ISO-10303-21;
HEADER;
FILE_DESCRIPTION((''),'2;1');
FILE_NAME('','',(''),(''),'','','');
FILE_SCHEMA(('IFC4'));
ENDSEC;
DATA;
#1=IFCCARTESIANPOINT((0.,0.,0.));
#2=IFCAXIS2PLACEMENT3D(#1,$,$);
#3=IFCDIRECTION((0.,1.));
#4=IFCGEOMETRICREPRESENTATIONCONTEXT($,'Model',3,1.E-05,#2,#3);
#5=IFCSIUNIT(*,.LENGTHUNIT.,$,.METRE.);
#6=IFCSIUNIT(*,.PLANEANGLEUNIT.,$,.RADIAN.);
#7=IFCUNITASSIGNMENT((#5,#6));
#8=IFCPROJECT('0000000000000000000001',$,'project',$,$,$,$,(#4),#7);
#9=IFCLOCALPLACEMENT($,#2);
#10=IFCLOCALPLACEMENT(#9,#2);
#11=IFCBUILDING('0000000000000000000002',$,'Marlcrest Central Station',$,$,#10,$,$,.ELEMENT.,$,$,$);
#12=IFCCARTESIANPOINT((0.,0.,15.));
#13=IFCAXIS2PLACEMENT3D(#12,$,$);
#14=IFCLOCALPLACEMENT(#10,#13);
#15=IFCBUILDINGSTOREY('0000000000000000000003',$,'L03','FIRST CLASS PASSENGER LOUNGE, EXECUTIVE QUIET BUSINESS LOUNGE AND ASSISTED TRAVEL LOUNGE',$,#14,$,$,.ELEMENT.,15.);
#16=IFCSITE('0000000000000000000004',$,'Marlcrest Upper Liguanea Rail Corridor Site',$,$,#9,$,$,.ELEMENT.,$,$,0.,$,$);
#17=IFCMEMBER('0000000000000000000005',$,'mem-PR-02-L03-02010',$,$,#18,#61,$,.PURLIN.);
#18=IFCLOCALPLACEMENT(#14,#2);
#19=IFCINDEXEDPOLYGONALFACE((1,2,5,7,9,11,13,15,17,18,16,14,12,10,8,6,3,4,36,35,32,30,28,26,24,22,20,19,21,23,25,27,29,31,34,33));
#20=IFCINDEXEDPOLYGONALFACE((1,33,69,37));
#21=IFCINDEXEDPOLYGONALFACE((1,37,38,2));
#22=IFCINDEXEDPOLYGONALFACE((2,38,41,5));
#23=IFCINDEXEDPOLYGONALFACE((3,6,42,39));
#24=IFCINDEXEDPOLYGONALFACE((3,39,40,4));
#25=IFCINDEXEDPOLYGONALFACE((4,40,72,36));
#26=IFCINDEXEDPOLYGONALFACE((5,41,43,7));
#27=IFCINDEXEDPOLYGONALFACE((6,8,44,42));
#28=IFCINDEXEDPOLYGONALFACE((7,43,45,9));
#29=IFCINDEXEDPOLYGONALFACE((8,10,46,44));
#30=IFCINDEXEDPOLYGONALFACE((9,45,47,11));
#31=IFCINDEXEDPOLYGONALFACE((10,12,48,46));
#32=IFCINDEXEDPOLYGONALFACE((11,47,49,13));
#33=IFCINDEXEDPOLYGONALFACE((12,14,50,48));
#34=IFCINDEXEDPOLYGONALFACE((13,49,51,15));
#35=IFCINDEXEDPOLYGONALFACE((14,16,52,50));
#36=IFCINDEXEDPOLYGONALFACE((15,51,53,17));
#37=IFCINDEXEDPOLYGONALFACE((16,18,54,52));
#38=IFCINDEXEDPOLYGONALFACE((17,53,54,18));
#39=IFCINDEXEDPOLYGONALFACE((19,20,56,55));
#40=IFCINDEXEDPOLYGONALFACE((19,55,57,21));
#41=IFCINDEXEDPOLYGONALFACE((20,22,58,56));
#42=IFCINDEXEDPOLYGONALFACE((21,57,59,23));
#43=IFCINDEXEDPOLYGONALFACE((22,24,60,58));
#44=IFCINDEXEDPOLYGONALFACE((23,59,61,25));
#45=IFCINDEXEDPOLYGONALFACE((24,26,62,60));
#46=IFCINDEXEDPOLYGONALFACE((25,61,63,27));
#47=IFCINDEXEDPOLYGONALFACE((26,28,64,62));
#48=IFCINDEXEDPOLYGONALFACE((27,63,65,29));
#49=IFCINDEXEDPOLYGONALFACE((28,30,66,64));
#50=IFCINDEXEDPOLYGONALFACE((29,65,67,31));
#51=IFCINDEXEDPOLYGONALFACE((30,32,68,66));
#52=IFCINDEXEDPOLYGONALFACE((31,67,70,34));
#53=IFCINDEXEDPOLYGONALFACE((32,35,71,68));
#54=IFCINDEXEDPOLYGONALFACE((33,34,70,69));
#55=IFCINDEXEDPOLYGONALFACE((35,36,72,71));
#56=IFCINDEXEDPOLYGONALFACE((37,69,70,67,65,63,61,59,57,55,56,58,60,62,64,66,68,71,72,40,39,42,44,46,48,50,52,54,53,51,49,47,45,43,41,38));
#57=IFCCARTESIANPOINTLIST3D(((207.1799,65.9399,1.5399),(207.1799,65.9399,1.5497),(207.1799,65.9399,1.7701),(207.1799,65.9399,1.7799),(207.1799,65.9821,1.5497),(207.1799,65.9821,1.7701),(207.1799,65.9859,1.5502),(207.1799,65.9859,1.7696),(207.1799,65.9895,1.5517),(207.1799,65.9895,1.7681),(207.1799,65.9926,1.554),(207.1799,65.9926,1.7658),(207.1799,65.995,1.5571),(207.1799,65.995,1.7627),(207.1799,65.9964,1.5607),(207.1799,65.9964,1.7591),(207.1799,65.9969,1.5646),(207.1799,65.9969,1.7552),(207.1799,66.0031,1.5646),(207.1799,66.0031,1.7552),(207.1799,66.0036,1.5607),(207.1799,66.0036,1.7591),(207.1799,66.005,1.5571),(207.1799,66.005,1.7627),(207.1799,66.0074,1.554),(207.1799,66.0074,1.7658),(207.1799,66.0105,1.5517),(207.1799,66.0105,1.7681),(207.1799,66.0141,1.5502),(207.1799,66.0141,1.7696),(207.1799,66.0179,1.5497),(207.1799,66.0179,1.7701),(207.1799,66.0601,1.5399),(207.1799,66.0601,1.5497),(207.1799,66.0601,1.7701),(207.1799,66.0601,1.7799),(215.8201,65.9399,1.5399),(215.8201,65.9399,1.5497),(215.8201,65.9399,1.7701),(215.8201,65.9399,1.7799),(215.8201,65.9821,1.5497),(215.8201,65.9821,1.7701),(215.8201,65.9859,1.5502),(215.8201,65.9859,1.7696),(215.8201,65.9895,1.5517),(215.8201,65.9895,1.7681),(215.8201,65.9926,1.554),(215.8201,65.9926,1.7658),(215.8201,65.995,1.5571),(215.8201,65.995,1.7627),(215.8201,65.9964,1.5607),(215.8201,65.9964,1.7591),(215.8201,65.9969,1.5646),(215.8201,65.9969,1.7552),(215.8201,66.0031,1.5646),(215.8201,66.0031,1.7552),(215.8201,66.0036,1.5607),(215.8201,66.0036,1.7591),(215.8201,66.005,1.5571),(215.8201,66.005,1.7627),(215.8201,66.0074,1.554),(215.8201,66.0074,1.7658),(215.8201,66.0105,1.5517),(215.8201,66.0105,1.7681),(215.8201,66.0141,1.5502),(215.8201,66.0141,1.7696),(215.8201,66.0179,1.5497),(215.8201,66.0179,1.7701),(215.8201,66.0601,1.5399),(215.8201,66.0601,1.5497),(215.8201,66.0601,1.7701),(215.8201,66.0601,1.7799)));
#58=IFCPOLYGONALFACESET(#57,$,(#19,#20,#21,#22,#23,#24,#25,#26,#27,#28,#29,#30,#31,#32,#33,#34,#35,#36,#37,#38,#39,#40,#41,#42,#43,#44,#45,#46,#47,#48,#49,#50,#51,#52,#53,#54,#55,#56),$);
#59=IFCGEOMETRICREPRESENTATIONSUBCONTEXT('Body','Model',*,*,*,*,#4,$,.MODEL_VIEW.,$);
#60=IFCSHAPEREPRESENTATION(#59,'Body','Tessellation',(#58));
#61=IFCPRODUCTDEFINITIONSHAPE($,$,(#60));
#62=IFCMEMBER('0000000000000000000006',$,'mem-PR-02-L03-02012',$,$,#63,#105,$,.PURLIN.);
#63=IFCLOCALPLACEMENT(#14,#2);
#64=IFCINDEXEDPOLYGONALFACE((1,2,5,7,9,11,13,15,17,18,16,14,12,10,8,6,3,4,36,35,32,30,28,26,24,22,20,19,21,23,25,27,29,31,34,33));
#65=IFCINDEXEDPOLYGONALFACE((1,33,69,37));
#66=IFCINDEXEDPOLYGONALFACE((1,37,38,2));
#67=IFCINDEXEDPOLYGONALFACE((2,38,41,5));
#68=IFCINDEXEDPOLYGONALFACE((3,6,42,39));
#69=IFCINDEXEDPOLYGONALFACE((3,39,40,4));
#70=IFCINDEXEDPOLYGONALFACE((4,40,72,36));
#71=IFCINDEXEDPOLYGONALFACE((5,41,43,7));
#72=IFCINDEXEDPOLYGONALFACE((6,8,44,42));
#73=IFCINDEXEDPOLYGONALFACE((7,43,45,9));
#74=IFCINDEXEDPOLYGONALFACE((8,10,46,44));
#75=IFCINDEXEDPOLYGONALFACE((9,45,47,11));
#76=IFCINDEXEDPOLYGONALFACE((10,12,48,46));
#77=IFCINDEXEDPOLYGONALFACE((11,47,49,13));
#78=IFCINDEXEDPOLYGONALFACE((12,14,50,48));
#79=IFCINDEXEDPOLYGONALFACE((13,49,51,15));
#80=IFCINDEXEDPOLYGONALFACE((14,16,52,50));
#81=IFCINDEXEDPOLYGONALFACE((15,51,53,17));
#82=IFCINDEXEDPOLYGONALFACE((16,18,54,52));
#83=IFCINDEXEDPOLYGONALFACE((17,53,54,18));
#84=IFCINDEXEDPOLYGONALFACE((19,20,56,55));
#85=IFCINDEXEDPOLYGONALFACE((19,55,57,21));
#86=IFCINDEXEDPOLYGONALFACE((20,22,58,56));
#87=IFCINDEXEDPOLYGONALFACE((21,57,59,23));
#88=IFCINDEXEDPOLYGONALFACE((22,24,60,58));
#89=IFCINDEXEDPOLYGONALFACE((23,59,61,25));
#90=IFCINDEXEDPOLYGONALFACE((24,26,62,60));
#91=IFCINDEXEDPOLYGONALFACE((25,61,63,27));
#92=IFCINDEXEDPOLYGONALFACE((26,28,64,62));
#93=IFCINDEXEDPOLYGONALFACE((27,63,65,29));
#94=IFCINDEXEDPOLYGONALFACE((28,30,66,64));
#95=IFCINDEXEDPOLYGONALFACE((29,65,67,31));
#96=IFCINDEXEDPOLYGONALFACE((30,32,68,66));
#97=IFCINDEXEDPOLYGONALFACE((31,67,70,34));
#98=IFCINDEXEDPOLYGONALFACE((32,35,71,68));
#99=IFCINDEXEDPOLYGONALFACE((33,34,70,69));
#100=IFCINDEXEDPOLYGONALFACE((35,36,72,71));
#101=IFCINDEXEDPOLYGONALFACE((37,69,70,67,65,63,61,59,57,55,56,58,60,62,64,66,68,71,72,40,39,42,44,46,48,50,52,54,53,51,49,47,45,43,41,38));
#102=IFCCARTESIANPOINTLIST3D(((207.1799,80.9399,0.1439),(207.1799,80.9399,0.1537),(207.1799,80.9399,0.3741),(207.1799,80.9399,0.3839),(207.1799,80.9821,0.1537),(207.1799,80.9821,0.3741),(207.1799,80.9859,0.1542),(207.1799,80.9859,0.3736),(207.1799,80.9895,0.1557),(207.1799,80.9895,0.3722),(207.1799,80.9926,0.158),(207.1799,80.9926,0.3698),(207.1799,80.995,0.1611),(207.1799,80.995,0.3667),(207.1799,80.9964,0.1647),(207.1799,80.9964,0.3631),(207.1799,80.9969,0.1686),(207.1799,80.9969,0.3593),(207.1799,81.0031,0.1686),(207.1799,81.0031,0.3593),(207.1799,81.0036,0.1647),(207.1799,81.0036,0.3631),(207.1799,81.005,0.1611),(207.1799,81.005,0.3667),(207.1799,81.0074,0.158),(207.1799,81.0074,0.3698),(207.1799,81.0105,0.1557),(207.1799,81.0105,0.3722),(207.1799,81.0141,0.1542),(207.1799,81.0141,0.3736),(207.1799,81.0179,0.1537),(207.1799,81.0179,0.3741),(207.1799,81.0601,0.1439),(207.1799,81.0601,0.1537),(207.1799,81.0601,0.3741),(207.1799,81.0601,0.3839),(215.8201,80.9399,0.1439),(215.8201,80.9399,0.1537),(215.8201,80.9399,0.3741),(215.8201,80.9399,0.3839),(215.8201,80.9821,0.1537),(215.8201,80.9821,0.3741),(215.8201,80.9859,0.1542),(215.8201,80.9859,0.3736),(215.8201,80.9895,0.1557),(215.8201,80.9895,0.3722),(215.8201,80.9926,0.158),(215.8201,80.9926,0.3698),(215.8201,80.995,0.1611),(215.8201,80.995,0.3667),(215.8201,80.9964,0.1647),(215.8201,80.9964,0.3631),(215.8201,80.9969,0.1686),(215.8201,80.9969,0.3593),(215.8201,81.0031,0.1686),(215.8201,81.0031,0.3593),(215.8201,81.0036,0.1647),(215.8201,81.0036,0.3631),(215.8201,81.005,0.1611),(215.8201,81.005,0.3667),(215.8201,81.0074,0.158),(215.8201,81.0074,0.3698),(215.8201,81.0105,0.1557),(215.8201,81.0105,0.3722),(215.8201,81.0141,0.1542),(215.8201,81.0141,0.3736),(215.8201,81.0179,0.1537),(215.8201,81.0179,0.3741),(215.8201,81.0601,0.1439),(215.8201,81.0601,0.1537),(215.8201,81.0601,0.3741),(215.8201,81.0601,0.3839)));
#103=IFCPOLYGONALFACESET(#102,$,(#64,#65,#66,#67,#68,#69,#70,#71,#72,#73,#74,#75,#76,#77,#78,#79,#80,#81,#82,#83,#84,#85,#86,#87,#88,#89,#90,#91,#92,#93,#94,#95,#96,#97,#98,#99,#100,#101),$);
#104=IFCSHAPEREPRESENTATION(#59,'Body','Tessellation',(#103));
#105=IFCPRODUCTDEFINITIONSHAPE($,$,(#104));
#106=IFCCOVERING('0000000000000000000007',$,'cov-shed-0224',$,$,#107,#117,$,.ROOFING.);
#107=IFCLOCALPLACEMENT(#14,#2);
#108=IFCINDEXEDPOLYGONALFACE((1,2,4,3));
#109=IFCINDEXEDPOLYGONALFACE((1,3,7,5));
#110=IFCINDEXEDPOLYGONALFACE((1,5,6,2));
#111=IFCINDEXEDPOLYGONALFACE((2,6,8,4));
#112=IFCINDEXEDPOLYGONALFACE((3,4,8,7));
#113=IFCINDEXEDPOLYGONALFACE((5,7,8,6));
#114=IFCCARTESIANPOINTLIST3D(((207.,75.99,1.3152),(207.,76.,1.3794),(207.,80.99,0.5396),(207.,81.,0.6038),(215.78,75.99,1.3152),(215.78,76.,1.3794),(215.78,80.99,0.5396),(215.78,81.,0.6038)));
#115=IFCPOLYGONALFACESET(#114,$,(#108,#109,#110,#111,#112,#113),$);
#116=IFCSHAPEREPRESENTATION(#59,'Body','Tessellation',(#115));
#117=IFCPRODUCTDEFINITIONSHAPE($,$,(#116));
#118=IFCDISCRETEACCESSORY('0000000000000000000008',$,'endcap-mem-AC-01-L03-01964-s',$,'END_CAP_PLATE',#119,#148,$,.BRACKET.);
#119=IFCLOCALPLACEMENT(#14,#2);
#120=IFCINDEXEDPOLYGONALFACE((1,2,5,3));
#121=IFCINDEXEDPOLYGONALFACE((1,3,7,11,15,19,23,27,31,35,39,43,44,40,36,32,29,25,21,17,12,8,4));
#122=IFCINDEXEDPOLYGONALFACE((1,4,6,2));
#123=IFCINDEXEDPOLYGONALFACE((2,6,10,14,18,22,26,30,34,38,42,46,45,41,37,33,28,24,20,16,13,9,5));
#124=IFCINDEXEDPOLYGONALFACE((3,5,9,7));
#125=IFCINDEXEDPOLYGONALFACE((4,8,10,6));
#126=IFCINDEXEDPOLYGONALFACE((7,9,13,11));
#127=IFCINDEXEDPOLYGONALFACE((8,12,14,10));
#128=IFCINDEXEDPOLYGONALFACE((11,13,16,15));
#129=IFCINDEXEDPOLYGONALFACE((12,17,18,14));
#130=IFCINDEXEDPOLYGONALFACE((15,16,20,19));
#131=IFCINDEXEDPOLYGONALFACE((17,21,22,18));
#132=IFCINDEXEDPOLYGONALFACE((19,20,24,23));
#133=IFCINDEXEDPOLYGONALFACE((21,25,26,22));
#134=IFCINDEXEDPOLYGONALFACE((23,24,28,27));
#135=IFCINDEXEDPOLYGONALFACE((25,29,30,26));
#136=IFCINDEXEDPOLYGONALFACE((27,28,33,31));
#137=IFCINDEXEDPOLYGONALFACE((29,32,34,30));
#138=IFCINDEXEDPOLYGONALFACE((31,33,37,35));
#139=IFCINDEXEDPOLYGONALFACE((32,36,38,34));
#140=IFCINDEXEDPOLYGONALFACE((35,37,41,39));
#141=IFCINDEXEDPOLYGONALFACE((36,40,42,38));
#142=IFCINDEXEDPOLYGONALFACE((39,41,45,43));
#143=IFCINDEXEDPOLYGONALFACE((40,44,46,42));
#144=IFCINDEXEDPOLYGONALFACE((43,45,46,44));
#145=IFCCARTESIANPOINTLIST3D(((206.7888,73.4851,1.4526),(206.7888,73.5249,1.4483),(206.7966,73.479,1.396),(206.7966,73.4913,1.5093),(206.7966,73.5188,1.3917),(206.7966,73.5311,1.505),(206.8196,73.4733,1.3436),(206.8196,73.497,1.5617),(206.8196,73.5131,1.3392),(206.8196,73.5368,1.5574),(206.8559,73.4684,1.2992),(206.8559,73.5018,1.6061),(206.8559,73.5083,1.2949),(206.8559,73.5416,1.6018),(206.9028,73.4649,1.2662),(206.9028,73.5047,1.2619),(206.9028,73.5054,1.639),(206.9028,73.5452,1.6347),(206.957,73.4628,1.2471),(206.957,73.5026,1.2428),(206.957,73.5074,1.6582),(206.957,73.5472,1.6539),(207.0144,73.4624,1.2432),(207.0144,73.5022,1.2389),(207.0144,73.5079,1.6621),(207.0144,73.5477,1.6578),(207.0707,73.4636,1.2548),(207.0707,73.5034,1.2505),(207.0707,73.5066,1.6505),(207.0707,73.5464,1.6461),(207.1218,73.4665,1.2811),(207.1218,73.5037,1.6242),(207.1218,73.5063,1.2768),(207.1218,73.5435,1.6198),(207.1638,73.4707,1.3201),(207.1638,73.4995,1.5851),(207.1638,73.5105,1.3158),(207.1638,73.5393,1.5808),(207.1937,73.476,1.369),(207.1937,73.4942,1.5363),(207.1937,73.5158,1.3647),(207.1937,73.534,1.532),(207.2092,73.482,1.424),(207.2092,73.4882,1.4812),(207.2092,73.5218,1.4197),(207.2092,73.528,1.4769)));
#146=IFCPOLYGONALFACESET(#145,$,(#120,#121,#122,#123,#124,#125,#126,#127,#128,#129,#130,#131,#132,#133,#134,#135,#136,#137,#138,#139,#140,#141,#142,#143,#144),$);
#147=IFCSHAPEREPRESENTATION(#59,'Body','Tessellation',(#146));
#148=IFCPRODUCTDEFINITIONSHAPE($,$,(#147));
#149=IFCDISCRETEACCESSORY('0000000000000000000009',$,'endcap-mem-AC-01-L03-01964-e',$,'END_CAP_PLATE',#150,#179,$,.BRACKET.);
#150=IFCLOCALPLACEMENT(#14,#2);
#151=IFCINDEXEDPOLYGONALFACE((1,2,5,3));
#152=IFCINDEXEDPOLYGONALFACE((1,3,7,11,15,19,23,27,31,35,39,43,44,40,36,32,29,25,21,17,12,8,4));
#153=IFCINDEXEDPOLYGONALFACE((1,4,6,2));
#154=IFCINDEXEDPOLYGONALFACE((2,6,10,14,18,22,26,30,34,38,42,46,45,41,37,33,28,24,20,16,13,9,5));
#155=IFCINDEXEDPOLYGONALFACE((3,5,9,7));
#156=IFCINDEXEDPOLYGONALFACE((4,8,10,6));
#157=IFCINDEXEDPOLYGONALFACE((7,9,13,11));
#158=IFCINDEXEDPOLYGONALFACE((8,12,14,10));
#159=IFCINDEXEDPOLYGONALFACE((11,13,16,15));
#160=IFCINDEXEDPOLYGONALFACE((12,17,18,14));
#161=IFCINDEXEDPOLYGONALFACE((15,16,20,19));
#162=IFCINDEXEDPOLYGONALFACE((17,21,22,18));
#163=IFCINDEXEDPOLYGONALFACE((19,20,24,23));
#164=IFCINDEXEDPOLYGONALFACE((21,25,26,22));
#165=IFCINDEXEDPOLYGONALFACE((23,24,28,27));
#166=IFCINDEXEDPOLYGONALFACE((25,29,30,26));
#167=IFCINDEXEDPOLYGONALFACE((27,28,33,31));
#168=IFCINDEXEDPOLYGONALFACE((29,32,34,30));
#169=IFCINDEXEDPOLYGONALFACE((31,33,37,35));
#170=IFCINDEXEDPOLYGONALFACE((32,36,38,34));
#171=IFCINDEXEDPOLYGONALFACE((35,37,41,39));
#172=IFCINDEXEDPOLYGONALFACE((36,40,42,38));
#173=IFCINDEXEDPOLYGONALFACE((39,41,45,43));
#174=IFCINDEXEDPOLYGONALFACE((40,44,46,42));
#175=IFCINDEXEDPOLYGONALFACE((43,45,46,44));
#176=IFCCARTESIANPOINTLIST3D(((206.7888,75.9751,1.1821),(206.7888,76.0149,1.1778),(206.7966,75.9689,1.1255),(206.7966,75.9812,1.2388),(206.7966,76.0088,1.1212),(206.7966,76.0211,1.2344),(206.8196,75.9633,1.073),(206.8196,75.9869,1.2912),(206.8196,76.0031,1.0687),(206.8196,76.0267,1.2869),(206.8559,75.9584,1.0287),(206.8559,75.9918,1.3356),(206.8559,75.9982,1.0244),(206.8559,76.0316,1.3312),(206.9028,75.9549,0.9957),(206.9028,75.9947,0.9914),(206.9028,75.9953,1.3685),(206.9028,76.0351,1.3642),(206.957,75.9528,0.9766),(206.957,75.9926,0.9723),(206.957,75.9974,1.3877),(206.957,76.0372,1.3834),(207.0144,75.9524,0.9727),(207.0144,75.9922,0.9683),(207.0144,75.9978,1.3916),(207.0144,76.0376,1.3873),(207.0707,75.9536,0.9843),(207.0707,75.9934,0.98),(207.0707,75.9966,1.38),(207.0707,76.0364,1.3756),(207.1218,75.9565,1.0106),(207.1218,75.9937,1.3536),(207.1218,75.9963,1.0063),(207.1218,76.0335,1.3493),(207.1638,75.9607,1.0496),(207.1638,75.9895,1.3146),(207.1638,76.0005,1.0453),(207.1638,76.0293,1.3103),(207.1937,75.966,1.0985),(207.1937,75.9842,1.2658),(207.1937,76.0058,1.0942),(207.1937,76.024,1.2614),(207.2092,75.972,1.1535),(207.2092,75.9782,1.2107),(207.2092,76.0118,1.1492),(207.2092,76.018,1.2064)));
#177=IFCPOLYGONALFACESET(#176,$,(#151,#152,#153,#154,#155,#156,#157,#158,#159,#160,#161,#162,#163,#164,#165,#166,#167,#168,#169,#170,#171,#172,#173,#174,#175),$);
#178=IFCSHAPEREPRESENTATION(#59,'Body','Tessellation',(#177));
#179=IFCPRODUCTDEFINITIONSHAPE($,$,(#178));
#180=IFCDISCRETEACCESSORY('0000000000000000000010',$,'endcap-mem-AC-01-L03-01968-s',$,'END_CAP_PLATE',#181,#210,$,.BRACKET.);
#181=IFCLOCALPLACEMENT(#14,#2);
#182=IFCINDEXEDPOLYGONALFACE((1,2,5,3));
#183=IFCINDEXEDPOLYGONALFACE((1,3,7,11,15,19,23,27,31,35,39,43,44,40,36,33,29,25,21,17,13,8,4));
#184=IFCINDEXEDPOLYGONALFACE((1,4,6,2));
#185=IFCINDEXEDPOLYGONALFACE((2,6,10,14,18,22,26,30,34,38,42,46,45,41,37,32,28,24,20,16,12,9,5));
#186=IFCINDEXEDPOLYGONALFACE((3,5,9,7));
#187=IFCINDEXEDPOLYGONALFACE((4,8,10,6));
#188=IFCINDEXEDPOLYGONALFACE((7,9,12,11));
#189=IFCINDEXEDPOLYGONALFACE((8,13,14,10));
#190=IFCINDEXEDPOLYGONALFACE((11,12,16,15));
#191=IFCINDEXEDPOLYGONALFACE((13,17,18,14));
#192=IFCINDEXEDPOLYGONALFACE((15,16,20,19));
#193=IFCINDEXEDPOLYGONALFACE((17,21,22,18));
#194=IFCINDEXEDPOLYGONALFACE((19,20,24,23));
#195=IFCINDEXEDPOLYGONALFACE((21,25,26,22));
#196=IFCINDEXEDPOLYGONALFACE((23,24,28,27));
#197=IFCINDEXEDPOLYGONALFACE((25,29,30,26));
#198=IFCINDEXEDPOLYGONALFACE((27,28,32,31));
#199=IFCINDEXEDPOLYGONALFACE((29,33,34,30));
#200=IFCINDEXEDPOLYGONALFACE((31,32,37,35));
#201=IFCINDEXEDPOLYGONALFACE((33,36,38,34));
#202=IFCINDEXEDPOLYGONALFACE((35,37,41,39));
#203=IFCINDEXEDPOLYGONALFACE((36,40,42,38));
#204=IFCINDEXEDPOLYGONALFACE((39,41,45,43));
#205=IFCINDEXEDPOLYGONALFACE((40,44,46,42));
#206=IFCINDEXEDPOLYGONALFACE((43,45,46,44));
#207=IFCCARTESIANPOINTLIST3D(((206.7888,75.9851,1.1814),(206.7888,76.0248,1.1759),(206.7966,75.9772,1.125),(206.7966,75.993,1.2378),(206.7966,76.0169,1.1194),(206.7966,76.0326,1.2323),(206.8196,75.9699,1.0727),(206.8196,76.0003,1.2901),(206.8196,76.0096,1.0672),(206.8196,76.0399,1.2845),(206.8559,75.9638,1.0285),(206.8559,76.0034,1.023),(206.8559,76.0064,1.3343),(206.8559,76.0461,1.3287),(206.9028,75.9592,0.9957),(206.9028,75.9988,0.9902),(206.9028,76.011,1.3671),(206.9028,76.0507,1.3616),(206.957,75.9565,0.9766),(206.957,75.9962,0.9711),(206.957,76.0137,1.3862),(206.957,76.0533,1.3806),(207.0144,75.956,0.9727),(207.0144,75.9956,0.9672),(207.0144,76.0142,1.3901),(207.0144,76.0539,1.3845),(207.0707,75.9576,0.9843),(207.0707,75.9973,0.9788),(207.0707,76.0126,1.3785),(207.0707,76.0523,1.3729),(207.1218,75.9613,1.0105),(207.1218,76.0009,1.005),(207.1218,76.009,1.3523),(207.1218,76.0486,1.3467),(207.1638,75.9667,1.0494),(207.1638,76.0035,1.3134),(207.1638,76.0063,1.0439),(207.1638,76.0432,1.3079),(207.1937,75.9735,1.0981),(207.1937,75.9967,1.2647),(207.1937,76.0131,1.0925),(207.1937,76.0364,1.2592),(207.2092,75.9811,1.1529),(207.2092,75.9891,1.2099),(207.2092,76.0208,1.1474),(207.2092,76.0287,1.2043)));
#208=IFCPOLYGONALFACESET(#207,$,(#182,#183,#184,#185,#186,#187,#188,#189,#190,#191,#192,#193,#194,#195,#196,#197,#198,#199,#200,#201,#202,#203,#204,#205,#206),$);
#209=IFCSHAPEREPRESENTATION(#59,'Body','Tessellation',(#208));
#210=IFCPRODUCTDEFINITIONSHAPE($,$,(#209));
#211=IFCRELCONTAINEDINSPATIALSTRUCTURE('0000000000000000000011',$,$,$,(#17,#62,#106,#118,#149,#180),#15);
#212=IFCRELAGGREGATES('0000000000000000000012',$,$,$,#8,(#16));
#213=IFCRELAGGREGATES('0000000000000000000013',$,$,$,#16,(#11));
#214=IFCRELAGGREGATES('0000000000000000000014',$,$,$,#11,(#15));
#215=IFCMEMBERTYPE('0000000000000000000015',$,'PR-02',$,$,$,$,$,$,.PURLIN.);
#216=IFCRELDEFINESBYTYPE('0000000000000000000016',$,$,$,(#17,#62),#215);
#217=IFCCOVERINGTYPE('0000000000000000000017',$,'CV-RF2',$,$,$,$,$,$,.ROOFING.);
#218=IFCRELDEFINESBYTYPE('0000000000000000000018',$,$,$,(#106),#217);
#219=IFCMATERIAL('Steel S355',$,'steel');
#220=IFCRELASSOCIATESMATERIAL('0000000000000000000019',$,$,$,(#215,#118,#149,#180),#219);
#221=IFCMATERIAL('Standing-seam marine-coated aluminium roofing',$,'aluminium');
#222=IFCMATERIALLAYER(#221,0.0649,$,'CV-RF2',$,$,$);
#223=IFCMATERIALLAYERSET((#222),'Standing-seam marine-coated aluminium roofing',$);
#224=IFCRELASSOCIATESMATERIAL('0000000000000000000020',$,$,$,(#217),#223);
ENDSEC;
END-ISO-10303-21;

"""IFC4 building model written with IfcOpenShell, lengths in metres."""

from ifc_helpers import new_model, si_unit, direction, frame, origin, origin_2d, place, context, subcontext, project, spatial, polyline, circle, i_section, outline, extrude, material, layer, layer_set, material_profile, profile_set, type_object, element, save


model = new_model("IFC4")

# Units and contexts
model_context = context("Model", 3, precision=1e-05, world=origin(), true_north=direction((0.0, 1.0)))
body_context = subcontext(model_context, "Body", "Model", "MODEL_VIEW")
ifc_project = project(units=[si_unit("LENGTHUNIT", "METRE"), si_unit("PLANEANGLEUNIT", "RADIAN")], contexts=[model_context])

# Site, building, storey
site_placement = place(None, origin())
site = spatial("IfcSite", under=ifc_project, at=site_placement, Name="Marlcrest Upper Liguanea Rail Corridor Site", CompositionType="ELEMENT", RefElevation=0.0)
building_placement = place(site_placement, origin())
building = spatial("IfcBuilding", under=site, at=building_placement, Name="Marlcrest Central Station", CompositionType="ELEMENT")
storey_placement = place(building_placement, frame((0.0, 0.0, 15.0)))
storey = spatial("IfcBuildingStorey", under=building, at=storey_placement, Name="L03", Description="FIRST CLASS PASSENGER LOUNGE, EXECUTIVE QUIET BUSINESS LOUNGE AND ASSISTED TRAVEL LOUNGE", CompositionType="ELEMENT", Elevation=15.0)

# Members
ifc_material_1 = material(Name="Steel S355", Category="steel")
ifc_material_profile_1 = material_profile(ifc_material_1, i_section(OverallWidth=0.1201, OverallDepth=0.24, WebThickness=0.0061, FlangeThickness=0.0098, FilletRadius=0.0149, at=origin_2d()), Name="IPE 240")
ifc_profile_set_1 = profile_set([ifc_material_profile_1], Name="Steel S355")
member_type_1 = type_object("IfcMemberType", Name="PR-02", PredefinedType="PURLIN", material=ifc_profile_set_1)
for number, where, z_axis, x_axis, name in (
    (1, (207.1799, 66.0, 1.6599), (1.0, 0.0, 0.0), (0.0, 1.0, 0.0), "mem-PR-02-L03-02010"),
    (2, (207.1799, 81.0, 0.2639), (1.0, 0.0, 0.0), (0.0, 1.0, 0.0), "mem-PR-02-L03-02012"),
):
    element("IfcMember", number, at=place(storey_placement, frame(where, z_axis=z_axis, x_axis=x_axis)), inside=storey, type_object=member_type_1, Name=name, PredefinedType="PURLIN", context=body_context, shape_type="SweptSolid", body=[
        extrude(i_section(OverallWidth=0.1201, OverallDepth=0.24, WebThickness=0.0061, FlangeThickness=0.0098, FilletRadius=0.0149, at=origin_2d()), origin(), (0.0, 0.0, 1.0), 8.6401),
    ])

# Covering
ifc_material_2 = material(Name="Standing-seam marine-coated aluminium roofing", Category="aluminium")
ifc_layer = layer(ifc_material_2, 0.0649, Name="CV-RF2")
ifc_layer_set = layer_set([ifc_layer], Name="Standing-seam marine-coated aluminium roofing")
covering_type = type_object("IfcCoveringType", Name="CV-RF2", PredefinedType="ROOFING", material=ifc_layer_set)
covering_placement = place(storey_placement, frame((207.0, 76.0, 1.3794), z_axis=(0.0, 0.153293, 0.988181), x_axis=(1.0, 0.0, 0.0)))
element("IfcCovering", 3, at=covering_placement, inside=storey, type_object=covering_type, Name="cov-shed-0224", PredefinedType="ROOFING", context=body_context, shape_type="SweptSolid", body=[
    extrude(outline(polyline([(0.0, 0.0), (8.78, 0.0), (8.78, 5.0598), (0.0, 5.0598), (0.0, 0.0)])), origin(), (0.0, 0.0, -1.0), 0.0649),
])

# Discrete accessories
for number, where, z_axis, x_axis, name in (
    (4, (207.0, 73.4851, 1.4526), (0.0, 0.994155, -0.107959), (-1.0, 0.0, 0.0), "endcap-mem-AC-01-L03-01964-s"),
    (5, (207.0, 75.9751, 1.1821), (0.0, 0.994155, -0.107959), (-1.0, 0.0, 0.0), "endcap-mem-AC-01-L03-01964-e"),
    (6, (207.0, 75.9851, 1.1814), (0.0, 0.990403, -0.138211), (-1.0, 0.0, 0.0), "endcap-mem-AC-01-L03-01968-s"),
):
    element("IfcDiscreteAccessory", number, at=place(storey_placement, frame(where, z_axis=z_axis, x_axis=x_axis)), inside=storey, material=ifc_material_1, Name=name, ObjectType="END_CAP_PLATE", PredefinedType="BRACKET", context=body_context, shape_type="SweptSolid", body=[
        extrude(circle(Radius=0.2112, at=origin_2d()), origin(), (0.0, 0.0, 1.0), 0.04),
    ])

save(model, "model.ifc")
